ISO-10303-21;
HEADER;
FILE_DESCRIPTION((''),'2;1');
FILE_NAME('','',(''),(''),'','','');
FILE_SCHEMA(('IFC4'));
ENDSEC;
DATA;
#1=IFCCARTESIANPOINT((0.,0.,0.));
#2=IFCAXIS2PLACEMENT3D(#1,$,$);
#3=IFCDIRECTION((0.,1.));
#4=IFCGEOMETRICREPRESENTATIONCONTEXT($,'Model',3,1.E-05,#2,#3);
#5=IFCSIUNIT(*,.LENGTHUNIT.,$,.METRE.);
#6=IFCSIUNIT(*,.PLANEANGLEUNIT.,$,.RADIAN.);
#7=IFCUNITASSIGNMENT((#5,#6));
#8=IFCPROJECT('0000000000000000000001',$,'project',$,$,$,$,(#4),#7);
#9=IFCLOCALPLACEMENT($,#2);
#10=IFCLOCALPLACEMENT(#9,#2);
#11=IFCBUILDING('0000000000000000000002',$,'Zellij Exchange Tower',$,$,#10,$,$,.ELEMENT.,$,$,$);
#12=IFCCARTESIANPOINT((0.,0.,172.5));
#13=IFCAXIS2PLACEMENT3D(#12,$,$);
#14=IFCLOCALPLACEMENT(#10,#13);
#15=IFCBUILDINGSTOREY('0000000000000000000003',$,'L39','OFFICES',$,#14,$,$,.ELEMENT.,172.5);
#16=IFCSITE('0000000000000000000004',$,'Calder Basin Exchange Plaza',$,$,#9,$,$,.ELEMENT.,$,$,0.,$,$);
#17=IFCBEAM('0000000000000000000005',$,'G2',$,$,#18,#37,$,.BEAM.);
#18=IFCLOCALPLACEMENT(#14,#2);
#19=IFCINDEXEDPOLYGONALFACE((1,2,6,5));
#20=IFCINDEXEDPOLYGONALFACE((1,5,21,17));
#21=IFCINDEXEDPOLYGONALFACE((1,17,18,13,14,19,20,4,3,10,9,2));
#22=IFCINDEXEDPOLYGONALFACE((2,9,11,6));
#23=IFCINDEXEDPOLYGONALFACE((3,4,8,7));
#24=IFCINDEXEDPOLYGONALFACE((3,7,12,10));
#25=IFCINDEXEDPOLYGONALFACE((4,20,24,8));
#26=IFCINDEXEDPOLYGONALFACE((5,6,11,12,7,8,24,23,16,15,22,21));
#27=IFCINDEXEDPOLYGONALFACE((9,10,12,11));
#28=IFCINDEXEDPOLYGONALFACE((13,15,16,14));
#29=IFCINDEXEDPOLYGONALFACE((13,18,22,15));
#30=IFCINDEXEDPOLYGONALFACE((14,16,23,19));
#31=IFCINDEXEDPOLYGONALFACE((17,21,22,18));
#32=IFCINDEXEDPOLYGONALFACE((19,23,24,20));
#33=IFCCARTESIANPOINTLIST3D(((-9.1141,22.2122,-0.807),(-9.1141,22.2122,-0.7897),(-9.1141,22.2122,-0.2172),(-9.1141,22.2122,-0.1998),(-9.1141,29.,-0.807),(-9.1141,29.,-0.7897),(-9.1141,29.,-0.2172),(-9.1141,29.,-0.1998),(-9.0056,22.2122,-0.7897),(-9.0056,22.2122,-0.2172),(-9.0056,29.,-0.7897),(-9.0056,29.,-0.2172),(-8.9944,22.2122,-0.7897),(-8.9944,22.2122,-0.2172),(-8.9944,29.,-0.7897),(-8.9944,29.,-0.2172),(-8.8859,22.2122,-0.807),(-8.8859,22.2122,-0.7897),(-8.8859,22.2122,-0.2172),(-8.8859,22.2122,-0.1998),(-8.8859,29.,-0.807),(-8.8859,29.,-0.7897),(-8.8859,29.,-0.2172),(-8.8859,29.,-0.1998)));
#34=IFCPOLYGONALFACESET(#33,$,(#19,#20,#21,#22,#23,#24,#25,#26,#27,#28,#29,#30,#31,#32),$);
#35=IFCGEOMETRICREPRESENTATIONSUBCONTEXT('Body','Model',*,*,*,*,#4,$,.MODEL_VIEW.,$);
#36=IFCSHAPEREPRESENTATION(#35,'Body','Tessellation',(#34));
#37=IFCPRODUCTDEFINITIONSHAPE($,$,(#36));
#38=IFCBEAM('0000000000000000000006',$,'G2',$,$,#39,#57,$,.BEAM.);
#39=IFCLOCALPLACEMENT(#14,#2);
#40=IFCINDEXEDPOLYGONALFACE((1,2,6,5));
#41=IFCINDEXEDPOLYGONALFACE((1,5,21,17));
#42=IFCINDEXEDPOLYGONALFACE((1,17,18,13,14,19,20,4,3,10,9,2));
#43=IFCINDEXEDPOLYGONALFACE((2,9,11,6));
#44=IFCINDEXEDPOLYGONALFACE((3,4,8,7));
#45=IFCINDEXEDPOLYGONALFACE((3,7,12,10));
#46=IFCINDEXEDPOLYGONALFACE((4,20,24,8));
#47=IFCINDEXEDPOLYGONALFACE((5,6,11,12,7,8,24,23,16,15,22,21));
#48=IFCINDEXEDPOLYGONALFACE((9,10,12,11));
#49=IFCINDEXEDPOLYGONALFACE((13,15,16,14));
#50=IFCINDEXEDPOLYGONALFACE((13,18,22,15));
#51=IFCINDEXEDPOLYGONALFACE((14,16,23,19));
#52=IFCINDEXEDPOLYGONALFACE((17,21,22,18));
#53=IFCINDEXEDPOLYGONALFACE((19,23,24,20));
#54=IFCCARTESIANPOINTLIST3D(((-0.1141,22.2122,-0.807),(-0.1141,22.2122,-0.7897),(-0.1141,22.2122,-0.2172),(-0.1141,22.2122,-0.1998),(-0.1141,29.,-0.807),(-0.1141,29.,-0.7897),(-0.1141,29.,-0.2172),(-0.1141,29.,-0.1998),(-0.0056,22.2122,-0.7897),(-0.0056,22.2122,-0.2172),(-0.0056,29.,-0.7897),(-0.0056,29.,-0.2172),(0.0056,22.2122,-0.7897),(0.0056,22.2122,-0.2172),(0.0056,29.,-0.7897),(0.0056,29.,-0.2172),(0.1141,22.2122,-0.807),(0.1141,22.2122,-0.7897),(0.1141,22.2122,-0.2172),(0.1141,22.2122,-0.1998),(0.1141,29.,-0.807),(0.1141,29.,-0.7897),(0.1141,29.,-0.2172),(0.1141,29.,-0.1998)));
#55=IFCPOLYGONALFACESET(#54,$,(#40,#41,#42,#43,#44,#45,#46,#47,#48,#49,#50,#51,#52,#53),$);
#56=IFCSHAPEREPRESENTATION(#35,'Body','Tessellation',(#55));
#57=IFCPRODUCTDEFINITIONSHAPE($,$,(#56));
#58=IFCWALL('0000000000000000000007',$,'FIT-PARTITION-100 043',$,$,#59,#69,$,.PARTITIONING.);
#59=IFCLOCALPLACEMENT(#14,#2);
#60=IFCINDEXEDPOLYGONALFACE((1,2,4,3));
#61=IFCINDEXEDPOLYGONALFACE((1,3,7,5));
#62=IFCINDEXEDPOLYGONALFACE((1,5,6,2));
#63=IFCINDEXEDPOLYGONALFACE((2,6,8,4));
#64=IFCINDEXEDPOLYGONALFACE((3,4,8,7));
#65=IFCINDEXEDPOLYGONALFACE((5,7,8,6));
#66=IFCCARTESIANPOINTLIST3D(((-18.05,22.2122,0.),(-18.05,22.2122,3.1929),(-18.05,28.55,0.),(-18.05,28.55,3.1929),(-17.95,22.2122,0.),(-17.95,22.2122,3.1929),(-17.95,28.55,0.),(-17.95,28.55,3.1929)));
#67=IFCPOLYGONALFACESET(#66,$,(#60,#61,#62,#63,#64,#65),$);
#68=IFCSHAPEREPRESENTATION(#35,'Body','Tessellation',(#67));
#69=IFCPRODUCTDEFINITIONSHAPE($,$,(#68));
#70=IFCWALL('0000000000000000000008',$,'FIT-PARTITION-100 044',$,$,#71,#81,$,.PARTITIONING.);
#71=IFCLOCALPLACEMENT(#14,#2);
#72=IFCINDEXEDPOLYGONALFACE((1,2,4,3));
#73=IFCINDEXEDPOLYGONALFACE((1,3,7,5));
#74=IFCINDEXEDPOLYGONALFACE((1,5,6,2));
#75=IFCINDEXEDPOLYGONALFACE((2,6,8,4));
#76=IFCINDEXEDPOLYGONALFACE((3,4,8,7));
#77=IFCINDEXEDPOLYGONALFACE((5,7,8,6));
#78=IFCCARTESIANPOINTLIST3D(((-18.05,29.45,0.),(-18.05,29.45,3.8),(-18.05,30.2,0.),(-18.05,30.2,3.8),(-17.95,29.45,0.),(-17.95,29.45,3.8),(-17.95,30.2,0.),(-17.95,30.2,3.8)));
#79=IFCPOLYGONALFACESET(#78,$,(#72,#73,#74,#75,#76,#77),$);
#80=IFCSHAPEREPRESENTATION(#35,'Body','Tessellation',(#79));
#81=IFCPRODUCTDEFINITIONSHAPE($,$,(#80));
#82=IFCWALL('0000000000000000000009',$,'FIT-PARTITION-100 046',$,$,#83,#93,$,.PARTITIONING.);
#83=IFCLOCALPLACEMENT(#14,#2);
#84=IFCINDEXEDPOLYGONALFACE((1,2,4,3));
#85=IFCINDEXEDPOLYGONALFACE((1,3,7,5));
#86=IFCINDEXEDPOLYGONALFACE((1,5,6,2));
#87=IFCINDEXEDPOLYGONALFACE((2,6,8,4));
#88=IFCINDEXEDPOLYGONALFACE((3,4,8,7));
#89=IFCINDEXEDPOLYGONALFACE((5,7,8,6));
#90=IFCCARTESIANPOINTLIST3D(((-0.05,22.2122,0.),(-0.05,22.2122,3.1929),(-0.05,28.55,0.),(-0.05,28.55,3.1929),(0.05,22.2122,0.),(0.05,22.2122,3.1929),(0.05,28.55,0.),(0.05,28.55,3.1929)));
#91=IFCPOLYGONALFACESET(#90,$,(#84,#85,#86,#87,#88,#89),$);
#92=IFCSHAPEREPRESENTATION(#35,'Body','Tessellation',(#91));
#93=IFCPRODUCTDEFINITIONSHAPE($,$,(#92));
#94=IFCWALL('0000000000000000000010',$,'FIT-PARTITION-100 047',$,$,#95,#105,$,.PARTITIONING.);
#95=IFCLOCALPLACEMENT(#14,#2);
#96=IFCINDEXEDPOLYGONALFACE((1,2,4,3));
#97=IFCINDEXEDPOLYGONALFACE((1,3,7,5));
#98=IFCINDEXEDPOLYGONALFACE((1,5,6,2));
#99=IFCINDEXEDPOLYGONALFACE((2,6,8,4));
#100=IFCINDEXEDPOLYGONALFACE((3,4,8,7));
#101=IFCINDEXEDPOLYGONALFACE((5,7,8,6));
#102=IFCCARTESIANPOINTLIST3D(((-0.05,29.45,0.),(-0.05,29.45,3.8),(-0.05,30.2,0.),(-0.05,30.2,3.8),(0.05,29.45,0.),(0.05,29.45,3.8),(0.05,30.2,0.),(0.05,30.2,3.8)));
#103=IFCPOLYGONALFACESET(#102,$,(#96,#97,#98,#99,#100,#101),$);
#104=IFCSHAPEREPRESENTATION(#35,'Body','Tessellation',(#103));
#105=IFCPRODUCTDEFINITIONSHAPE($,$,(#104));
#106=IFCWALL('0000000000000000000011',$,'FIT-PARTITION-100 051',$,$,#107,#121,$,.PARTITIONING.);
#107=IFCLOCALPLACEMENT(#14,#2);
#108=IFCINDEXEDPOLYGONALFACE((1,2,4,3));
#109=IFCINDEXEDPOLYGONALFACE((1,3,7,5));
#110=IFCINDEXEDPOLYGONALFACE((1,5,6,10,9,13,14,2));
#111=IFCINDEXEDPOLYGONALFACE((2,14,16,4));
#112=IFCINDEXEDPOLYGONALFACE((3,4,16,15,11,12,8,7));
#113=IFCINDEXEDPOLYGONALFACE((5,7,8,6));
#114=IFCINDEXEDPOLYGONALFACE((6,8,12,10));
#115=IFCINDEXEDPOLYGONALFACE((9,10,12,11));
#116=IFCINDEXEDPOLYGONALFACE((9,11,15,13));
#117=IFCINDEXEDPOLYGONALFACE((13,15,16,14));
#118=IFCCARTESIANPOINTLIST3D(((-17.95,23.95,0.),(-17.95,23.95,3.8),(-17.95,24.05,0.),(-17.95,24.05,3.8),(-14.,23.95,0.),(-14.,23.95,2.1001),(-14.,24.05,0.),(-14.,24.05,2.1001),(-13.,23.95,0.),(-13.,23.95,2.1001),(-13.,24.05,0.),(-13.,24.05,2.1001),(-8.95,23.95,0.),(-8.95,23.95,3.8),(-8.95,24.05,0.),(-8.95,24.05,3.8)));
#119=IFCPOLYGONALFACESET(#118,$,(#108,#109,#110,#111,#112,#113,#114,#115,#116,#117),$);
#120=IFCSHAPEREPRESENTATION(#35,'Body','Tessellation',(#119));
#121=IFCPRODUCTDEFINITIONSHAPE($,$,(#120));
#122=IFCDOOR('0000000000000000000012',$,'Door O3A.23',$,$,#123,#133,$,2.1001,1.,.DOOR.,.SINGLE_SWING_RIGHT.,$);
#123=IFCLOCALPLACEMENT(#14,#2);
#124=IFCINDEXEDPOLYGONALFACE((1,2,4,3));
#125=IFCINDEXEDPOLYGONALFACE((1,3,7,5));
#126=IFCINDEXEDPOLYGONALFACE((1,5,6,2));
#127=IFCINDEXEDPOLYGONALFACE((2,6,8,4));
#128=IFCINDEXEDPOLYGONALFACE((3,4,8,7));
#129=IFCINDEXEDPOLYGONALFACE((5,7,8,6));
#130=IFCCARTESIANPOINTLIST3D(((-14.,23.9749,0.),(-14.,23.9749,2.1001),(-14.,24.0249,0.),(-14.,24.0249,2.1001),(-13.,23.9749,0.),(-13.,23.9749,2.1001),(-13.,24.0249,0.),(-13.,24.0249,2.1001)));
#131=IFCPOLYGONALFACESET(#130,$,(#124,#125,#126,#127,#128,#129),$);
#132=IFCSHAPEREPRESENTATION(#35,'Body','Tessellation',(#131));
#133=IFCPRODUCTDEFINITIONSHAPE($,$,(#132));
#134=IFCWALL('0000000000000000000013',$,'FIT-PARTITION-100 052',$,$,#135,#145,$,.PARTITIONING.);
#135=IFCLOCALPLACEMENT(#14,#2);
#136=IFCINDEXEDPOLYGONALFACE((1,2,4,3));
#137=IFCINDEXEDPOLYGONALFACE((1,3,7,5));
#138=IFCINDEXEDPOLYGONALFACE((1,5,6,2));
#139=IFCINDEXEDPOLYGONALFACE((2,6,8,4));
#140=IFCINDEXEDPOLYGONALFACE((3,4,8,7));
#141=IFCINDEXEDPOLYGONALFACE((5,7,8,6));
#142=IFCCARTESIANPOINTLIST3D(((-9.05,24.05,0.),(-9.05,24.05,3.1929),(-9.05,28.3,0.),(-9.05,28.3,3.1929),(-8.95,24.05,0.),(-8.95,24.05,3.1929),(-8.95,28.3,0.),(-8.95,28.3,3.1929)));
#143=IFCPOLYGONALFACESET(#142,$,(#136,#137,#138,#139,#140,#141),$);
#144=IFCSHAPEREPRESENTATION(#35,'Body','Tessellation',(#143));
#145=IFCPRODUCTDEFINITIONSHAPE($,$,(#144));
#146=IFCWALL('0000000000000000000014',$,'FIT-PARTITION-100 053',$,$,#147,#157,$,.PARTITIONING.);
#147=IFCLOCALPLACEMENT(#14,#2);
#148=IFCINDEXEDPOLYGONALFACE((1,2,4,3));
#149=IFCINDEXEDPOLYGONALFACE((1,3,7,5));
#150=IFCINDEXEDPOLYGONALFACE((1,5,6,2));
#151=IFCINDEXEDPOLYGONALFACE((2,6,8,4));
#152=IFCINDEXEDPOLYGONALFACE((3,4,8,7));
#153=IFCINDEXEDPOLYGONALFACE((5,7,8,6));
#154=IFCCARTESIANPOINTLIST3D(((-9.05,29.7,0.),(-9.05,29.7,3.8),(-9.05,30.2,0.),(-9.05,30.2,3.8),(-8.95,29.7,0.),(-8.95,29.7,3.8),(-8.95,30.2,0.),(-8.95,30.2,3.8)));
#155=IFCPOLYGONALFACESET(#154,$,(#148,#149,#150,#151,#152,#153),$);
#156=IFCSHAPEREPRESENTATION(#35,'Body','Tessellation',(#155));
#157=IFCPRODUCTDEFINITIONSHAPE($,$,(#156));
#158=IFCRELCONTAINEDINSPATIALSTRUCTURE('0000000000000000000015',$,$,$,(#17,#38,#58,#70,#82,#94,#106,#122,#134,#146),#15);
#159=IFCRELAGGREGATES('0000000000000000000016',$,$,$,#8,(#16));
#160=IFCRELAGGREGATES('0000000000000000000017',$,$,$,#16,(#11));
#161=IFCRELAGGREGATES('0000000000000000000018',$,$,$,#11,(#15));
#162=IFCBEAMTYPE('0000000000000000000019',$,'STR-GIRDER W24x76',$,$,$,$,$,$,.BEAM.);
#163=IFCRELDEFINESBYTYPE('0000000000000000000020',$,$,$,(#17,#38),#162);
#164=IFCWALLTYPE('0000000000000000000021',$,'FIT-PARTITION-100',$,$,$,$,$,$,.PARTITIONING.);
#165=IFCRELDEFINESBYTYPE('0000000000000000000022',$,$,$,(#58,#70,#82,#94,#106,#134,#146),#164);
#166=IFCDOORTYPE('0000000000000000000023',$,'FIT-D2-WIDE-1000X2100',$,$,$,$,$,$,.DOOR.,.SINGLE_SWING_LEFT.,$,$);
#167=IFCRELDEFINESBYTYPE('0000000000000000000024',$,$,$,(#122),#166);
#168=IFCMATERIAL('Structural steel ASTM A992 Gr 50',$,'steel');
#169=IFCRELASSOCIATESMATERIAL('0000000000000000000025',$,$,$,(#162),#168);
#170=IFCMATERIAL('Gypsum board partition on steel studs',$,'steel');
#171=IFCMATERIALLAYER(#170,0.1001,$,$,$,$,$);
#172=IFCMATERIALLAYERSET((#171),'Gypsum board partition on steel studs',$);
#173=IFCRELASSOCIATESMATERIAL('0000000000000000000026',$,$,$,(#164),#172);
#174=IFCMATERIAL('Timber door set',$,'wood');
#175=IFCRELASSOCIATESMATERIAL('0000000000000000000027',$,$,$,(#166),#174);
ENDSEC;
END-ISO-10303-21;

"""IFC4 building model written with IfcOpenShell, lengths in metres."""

from ifc_helpers import new_model, si_unit, direction, frame, frame_2d, origin, origin_2d, place, context, subcontext, project, spatial, rectangle, i_section, extrude, material, layer, layer_set, material_profile, profile_set, type_object, element, fill, save


model = new_model("IFC4")

# Units and contexts
model_context = context("Model", 3, precision=1e-05, world=origin(), true_north=direction((0.0, 1.0)))
body_context = subcontext(model_context, "Body", "Model", "MODEL_VIEW")
ifc_project = project(units=[si_unit("LENGTHUNIT", "METRE"), si_unit("PLANEANGLEUNIT", "RADIAN")], contexts=[model_context])

# Site, building, storey
site_placement = place(None, origin())
site = spatial("IfcSite", under=ifc_project, at=site_placement, Name="Calder Basin Exchange Plaza", CompositionType="ELEMENT", RefElevation=0.0)
building_placement = place(site_placement, origin())
building = spatial("IfcBuilding", under=site, at=building_placement, Name="Zellij Exchange Tower", CompositionType="ELEMENT")
storey_placement = place(building_placement, frame((0.0, 0.0, 172.5)))
storey = spatial("IfcBuildingStorey", under=building, at=storey_placement, Name="L39", Description="OFFICES", CompositionType="ELEMENT", Elevation=172.5)

# Beams
ifc_material_1 = material(Name="Structural steel ASTM A992 Gr 50", Category="steel")
ifc_material_profile_1 = material_profile(ifc_material_1, i_section(OverallWidth=0.2283, OverallDepth=0.6072, WebThickness=0.0112, FlangeThickness=0.0173, at=origin_2d()), Name="W24x76")
ifc_profile_set_1 = profile_set([ifc_material_profile_1], Name="Structural steel ASTM A992 Gr 50")
beam_type = type_object("IfcBeamType", Name="STR-GIRDER W24x76", PredefinedType="BEAM", material=ifc_profile_set_1)
for number, where, z_axis, x_axis, name in (
    (1, (-9.0, 22.2122, -0.5034), (0.0, 1.0, 0.0), (-1.0, 0.0, 0.0), "G2"),
    (2, (0.0, 22.2122, -0.5034), (0.0, 1.0, 0.0), (-1.0, 0.0, 0.0), "G2"),
):
    element("IfcBeam", number, at=place(storey_placement, frame(where, z_axis=z_axis, x_axis=x_axis)), inside=storey, type_object=beam_type, Name=name, PredefinedType="BEAM", context=body_context, shape_type="SweptSolid", body=[
        extrude(i_section(OverallWidth=0.2283, OverallDepth=0.6072, WebThickness=0.0112, FlangeThickness=0.0173, at=origin_2d()), origin(), (0.0, 0.0, 1.0), 6.7878),
    ])

# Walls
ifc_material_2 = material(Name="Gypsum board partition on steel studs", Category="steel")
ifc_layer_1 = layer(ifc_material_2, 0.1001)
ifc_layer_set_1 = layer_set([ifc_layer_1], Name="Gypsum board partition on steel studs")
wall_type = type_object("IfcWallType", Name="FIT-PARTITION-100", PredefinedType="PARTITIONING", material=ifc_layer_set_1)
wall_1_placement = place(storey_placement, frame((-18.0, 22.2122, 0.0), z_axis=(0.0, 0.0, 1.0), x_axis=(0.0, 1.0, 0.0)))
element("IfcWall", 3, at=wall_1_placement, inside=storey, type_object=wall_type, Name="FIT-PARTITION-100 043", PredefinedType="PARTITIONING", context=body_context, shape_type="SweptSolid", body=[
    extrude(rectangle(XDim=6.3379, YDim=0.1001, at=frame_2d((3.1689, 0.0))), origin(), (0.0, 0.0, 1.0), 3.1929),
])
wall_2_placement = place(storey_placement, frame((-18.0, 29.45, 0.0), z_axis=(0.0, 0.0, 1.0), x_axis=(0.0, 1.0, 0.0)))
element("IfcWall", 4, at=wall_2_placement, inside=storey, type_object=wall_type, Name="FIT-PARTITION-100 044", PredefinedType="PARTITIONING", context=body_context, shape_type="SweptSolid", body=[
    extrude(rectangle(XDim=0.75, YDim=0.1001, at=frame_2d((0.375, 0.0))), origin(), (0.0, 0.0, 1.0), 3.8),
])
wall_3_placement = place(storey_placement, frame((0.0, 22.2122, 0.0), z_axis=(0.0, 0.0, 1.0), x_axis=(0.0, 1.0, 0.0)))
element("IfcWall", 5, at=wall_3_placement, inside=storey, type_object=wall_type, Name="FIT-PARTITION-100 046", PredefinedType="PARTITIONING", context=body_context, shape_type="SweptSolid", body=[
    extrude(rectangle(XDim=6.3379, YDim=0.1001, at=frame_2d((3.1689, 0.0))), origin(), (0.0, 0.0, 1.0), 3.1929),
])
wall_4_placement = place(storey_placement, frame((0.0, 29.45, 0.0), z_axis=(0.0, 0.0, 1.0), x_axis=(0.0, 1.0, 0.0)))
element("IfcWall", 6, at=wall_4_placement, inside=storey, type_object=wall_type, Name="FIT-PARTITION-100 047", PredefinedType="PARTITIONING", context=body_context, shape_type="SweptSolid", body=[
    extrude(rectangle(XDim=0.75, YDim=0.1001, at=frame_2d((0.375, 0.0))), origin(), (0.0, 0.0, 1.0), 3.8),
])

# Wall, opening, door
wall_5_placement = place(storey_placement, frame((-17.95, 24.0, 0.0), z_axis=(0.0, 0.0, 1.0), x_axis=(1.0, 0.0, 0.0)))
wall_5 = element("IfcWall", 7, at=wall_5_placement, inside=storey, type_object=wall_type, Name="FIT-PARTITION-100 051", PredefinedType="PARTITIONING", context=body_context, shape_type="SweptSolid", body=[
    extrude(rectangle(XDim=9.0, YDim=0.1001, at=frame_2d((4.5, 0.0))), origin(), (0.0, 0.0, 1.0), 3.8),
])
opening_placement = place(wall_5_placement, frame((3.95, 0.0, 0.0)))
opening = element("IfcOpeningElement", 8, at=opening_placement, cuts=wall_5, PredefinedType="OPENING", context=body_context, shape_type="SweptSolid", body=[
    extrude(rectangle(XDim=1.0, YDim=2.1001, at=frame_2d((0.5, 1.05))), frame((0.0, 0.062, 0.0), z_axis=(0.0, -1.0, 0.0), x_axis=(1.0, 0.0, 0.0)), (0.0, 0.0, 1.0), 0.124),
])
ifc_material_3 = material(Name="Timber door set", Category="wood")
door_type = type_object("IfcDoorType", Name="FIT-D2-WIDE-1000X2100", OperationType="SINGLE_SWING_LEFT", PredefinedType="DOOR", material=ifc_material_3)
door_placement = place(opening_placement, origin())
door = element("IfcDoor", 9, at=door_placement, inside=storey, type_object=door_type, Name="Door O3A.23", OperationType="SINGLE_SWING_RIGHT", OverallHeight=2.1001, OverallWidth=1.0, PredefinedType="DOOR", context=body_context, shape_type="SweptSolid", body=[
    extrude(rectangle(XDim=1.0, YDim=2.1001, at=frame_2d((0.5, 1.05))), frame((0.0, 0.0249, 0.0), z_axis=(0.0, -1.0, 0.0), x_axis=(1.0, 0.0, 0.0)), (0.0, 0.0, 1.0), 0.05),
])
fill(opening, door)

# Walls
wall_6_placement = place(storey_placement, frame((-9.0, 24.05, 0.0), z_axis=(0.0, 0.0, 1.0), x_axis=(0.0, 1.0, 0.0)))
element("IfcWall", 10, at=wall_6_placement, inside=storey, type_object=wall_type, Name="FIT-PARTITION-100 052", PredefinedType="PARTITIONING", context=body_context, shape_type="SweptSolid", body=[
    extrude(rectangle(XDim=4.25, YDim=0.1001, at=frame_2d((2.125, 0.0))), origin(), (0.0, 0.0, 1.0), 3.1929),
])
wall_7_placement = place(storey_placement, frame((-9.0, 29.7, 0.0), z_axis=(0.0, 0.0, 1.0), x_axis=(0.0, 1.0, 0.0)))
element("IfcWall", 11, at=wall_7_placement, inside=storey, type_object=wall_type, Name="FIT-PARTITION-100 053", PredefinedType="PARTITIONING", context=body_context, shape_type="SweptSolid", body=[
    extrude(rectangle(XDim=0.5, YDim=0.1001, at=frame_2d((0.25, 0.0))), origin(), (0.0, 0.0, 1.0), 3.8),
])

save(model, "model.ifc")
